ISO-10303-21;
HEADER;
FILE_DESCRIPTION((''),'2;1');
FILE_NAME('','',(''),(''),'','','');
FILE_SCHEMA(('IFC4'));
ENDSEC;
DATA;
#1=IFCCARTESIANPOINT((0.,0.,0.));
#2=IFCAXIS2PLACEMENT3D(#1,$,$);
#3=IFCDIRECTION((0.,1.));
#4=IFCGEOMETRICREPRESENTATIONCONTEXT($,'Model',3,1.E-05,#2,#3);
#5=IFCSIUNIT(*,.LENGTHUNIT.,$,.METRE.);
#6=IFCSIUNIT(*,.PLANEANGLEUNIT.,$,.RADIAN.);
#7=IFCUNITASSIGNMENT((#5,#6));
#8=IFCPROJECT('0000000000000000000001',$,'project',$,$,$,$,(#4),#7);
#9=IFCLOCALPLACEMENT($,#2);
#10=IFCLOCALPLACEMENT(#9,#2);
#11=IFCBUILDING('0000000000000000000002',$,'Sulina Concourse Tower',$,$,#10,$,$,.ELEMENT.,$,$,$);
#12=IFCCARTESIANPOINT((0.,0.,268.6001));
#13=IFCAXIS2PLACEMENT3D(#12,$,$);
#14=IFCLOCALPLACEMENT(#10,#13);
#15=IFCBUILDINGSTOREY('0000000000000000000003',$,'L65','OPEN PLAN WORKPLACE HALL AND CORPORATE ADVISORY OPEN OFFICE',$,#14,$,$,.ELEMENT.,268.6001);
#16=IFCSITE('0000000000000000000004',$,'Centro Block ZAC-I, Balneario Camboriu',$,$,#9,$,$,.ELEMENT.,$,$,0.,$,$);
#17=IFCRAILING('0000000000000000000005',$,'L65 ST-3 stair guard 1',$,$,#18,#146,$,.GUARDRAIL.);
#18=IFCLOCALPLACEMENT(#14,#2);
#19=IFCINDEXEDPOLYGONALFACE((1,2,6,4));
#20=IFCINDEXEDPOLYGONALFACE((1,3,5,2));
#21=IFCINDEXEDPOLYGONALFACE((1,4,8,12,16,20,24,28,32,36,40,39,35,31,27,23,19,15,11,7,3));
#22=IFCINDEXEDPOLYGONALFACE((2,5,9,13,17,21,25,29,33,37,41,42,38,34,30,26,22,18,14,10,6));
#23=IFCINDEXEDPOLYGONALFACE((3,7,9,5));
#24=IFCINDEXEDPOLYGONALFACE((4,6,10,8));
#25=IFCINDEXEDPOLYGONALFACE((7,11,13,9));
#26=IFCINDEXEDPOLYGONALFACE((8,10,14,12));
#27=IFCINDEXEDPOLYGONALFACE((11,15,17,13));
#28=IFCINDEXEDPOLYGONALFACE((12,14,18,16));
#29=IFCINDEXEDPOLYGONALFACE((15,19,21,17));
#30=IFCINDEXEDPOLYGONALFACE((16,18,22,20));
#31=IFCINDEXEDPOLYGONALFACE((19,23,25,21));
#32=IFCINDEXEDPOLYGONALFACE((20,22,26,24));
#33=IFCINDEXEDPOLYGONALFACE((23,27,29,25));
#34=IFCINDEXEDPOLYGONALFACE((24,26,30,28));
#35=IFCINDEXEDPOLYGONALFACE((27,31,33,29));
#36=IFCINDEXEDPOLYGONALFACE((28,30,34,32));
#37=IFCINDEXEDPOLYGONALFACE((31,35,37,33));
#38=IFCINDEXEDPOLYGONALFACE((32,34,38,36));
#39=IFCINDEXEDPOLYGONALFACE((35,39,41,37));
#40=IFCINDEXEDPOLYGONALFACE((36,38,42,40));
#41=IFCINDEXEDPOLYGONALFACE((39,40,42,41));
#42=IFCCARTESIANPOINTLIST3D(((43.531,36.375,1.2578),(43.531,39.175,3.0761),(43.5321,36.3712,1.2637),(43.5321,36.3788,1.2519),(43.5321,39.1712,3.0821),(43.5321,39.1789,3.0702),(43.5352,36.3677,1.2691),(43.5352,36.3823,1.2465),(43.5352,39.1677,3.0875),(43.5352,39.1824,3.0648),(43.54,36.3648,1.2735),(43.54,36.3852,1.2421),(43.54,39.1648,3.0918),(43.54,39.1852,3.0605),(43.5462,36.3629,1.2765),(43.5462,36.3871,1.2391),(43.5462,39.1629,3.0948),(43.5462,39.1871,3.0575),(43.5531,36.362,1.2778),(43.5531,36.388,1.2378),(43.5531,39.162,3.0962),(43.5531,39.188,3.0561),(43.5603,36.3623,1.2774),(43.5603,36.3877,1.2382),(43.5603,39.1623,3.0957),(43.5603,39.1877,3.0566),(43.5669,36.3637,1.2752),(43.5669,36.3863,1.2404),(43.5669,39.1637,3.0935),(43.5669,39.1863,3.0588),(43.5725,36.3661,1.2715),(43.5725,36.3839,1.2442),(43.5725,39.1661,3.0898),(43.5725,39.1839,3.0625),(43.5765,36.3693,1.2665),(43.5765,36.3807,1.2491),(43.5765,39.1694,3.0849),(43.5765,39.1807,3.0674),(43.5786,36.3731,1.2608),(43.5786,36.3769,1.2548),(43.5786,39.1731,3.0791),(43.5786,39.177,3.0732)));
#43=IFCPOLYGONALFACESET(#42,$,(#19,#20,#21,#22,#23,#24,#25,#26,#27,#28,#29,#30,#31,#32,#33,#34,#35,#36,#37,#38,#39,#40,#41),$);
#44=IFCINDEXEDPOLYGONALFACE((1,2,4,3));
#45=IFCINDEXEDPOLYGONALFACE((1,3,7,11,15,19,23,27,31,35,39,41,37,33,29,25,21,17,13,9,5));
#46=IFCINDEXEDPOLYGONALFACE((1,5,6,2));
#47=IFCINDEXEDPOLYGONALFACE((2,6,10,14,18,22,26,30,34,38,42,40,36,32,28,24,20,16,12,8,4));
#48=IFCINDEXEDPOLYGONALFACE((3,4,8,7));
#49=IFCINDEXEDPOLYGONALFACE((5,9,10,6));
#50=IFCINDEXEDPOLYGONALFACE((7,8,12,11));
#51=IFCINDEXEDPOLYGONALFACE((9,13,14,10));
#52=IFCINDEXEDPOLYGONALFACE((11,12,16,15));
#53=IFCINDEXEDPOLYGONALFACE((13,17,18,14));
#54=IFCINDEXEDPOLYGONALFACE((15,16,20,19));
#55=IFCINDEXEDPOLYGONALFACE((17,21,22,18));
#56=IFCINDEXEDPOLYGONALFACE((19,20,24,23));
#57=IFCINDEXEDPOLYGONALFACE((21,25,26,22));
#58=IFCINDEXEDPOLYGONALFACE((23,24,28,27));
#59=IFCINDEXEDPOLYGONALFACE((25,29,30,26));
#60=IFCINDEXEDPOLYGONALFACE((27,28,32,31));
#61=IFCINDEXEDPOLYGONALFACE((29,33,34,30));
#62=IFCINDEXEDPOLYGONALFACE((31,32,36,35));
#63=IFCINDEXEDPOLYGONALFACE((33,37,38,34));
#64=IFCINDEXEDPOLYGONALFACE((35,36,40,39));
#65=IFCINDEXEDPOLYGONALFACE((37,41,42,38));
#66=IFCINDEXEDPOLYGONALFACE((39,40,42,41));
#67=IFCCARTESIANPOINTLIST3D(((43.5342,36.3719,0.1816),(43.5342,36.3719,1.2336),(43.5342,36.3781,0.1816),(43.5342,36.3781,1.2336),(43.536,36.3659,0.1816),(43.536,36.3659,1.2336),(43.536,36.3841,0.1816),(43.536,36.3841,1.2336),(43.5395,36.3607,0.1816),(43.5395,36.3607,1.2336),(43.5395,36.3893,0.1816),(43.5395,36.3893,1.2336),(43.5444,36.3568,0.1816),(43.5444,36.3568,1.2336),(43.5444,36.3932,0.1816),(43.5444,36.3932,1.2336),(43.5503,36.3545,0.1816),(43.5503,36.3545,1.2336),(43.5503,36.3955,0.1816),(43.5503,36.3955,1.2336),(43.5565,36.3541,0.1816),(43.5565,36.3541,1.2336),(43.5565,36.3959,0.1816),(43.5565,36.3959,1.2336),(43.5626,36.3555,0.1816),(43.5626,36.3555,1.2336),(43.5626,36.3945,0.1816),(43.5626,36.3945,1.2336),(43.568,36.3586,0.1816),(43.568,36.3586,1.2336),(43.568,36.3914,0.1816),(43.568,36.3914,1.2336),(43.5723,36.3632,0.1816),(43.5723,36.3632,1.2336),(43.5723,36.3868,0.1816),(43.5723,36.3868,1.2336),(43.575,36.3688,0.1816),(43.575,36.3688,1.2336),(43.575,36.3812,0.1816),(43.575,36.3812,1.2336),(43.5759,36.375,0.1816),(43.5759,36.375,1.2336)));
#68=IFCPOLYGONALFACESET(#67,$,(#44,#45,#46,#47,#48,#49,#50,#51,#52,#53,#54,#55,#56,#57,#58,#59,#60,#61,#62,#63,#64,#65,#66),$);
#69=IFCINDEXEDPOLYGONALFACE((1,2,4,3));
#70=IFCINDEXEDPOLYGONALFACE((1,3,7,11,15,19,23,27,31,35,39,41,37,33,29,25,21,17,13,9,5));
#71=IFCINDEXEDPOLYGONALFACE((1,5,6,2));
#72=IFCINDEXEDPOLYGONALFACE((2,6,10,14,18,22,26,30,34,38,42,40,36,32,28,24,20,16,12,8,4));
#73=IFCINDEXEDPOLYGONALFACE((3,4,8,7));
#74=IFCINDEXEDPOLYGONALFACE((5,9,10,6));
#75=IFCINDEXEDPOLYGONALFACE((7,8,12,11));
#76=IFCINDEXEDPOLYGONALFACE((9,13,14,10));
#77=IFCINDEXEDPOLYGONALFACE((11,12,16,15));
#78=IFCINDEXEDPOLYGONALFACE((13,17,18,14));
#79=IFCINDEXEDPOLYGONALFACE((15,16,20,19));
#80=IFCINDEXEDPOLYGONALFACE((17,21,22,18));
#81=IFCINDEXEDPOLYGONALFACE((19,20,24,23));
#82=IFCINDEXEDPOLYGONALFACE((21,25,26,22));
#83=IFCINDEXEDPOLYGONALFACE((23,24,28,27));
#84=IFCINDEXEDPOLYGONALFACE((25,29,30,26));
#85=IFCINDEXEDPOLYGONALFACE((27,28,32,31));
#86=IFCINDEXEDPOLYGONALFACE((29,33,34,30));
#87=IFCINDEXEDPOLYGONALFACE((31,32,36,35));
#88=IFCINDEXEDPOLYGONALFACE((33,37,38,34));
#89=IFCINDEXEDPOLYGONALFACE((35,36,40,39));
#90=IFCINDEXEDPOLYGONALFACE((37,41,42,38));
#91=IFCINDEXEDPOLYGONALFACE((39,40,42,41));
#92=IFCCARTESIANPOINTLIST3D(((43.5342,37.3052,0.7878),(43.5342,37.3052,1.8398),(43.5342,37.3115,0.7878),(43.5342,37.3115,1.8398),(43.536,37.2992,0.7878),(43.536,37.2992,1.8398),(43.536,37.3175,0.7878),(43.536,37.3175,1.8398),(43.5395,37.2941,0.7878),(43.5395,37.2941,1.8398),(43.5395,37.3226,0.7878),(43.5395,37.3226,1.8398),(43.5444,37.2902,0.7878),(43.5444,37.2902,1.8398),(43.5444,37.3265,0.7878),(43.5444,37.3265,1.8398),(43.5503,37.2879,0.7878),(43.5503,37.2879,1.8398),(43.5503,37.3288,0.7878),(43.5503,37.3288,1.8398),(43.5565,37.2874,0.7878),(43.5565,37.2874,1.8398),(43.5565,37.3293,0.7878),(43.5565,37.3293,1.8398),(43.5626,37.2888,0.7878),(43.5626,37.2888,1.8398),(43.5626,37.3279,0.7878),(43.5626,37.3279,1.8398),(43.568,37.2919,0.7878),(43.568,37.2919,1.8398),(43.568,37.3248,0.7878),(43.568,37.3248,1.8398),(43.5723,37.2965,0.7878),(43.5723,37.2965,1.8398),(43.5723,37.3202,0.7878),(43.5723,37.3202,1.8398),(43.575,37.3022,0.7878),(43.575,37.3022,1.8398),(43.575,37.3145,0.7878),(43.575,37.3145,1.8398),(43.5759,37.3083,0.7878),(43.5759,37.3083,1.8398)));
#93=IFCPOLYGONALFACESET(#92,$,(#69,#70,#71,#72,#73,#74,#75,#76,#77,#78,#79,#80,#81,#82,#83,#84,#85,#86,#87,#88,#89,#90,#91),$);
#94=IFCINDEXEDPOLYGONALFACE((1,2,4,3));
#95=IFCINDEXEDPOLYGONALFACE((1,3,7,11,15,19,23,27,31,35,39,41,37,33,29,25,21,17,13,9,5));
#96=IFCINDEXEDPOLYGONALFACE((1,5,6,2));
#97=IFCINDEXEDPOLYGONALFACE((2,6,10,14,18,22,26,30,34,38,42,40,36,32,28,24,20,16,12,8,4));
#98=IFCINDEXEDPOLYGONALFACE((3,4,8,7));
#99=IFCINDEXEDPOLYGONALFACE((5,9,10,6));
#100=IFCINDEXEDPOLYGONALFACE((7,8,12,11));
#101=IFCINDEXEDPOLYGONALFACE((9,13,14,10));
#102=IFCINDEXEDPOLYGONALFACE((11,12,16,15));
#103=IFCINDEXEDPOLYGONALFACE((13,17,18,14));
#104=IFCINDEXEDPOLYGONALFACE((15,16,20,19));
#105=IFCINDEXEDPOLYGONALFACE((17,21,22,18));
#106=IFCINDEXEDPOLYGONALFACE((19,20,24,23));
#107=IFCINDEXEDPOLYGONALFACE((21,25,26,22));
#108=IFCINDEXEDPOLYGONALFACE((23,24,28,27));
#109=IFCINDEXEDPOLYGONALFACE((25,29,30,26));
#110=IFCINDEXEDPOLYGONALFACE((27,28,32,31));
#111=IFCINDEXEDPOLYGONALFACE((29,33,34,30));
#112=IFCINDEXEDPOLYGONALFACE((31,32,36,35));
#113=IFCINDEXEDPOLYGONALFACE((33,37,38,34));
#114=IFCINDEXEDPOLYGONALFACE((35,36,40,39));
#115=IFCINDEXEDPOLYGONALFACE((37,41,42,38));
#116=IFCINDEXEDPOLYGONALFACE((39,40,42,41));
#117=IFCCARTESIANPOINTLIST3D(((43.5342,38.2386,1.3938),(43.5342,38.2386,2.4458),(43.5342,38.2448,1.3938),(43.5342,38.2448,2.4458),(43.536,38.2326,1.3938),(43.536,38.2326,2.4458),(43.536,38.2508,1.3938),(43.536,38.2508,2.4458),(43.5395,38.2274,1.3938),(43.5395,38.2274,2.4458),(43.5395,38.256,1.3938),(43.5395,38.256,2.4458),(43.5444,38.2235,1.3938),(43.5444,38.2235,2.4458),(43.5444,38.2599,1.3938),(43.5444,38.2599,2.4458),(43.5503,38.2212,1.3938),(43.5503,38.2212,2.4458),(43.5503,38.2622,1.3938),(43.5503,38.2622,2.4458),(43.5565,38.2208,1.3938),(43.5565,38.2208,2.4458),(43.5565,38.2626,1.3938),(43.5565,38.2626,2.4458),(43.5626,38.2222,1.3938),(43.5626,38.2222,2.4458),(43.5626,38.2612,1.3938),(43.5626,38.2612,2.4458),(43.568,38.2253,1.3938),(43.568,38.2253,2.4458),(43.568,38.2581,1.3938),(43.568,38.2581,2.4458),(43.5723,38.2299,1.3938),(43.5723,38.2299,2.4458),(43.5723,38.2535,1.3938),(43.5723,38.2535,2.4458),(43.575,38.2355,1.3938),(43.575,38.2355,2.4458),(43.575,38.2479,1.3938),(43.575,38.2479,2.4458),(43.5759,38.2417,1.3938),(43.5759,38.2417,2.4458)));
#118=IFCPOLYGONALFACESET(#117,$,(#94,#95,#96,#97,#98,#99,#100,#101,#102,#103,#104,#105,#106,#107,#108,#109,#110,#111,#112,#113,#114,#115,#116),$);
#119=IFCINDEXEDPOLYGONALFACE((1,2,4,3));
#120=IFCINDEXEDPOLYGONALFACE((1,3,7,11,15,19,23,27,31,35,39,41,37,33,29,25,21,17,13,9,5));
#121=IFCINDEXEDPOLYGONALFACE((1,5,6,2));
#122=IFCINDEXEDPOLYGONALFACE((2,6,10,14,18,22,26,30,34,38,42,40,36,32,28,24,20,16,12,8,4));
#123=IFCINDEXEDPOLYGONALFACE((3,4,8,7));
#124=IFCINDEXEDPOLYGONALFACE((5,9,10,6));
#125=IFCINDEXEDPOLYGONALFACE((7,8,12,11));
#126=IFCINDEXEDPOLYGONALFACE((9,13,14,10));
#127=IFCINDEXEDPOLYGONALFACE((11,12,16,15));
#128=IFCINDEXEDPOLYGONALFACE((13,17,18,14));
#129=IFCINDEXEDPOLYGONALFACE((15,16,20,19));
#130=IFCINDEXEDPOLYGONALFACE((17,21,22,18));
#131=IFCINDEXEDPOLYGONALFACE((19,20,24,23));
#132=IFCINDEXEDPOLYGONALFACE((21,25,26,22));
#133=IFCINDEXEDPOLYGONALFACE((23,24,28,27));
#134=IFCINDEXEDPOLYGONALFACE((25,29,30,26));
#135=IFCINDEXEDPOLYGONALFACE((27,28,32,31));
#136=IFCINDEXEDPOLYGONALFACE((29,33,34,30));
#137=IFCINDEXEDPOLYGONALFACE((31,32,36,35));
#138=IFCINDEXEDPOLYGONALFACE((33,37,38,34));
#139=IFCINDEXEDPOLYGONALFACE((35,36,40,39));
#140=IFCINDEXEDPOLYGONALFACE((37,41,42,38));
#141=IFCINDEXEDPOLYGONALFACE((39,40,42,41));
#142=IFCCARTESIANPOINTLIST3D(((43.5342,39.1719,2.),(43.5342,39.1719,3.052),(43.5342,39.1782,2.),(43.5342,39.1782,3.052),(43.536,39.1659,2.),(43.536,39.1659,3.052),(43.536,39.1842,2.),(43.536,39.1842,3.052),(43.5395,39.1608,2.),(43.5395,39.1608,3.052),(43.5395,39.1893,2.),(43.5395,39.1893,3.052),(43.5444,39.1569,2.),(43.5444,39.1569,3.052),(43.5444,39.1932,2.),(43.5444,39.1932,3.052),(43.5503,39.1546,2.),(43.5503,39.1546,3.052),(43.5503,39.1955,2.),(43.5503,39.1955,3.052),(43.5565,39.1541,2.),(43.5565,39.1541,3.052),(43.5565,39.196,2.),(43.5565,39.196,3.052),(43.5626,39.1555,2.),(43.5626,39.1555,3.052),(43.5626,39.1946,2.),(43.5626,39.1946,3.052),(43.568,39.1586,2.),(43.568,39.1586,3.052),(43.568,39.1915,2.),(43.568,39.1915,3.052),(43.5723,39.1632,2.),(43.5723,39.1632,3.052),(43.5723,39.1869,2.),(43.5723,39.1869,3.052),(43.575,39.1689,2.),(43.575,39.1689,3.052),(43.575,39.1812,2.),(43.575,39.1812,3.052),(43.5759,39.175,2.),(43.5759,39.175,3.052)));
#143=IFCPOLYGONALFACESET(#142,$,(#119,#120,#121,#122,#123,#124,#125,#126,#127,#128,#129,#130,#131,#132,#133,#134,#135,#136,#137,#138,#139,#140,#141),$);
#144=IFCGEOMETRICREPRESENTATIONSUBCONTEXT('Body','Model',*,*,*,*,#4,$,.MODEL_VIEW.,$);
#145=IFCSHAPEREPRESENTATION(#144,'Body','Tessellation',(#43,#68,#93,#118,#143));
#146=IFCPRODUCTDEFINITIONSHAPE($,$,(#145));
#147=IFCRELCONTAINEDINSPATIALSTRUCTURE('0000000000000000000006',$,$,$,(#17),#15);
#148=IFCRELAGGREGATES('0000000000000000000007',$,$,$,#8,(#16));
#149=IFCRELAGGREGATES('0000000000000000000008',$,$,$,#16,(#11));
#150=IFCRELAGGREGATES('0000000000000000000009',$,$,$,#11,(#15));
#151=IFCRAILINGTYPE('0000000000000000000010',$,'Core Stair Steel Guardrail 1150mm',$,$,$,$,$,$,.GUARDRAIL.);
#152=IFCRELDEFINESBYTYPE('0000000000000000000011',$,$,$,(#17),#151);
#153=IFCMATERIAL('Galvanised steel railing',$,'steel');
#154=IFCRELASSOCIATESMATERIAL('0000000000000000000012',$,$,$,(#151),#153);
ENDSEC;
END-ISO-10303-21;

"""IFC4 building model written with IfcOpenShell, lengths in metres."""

from ifc_helpers import new_model, si_unit, direction, frame, origin, origin_2d, place, context, subcontext, project, spatial, circle, extrude, material, type_object, element, save


model = new_model("IFC4")

# Units and contexts
model_context = context("Model", 3, precision=1e-05, world=origin(), true_north=direction((0.0, 1.0)))
body_context = subcontext(model_context, "Body", "Model", "MODEL_VIEW")
ifc_project = project(units=[si_unit("LENGTHUNIT", "METRE"), si_unit("PLANEANGLEUNIT", "RADIAN")], contexts=[model_context])

# Site, building, storey
site_placement = place(None, origin())
site = spatial("IfcSite", under=ifc_project, at=site_placement, Name="Centro Block ZAC-I, Balneario Camboriu", CompositionType="ELEMENT", RefElevation=0.0)
building_placement = place(site_placement, origin())
building = spatial("IfcBuilding", under=site, at=building_placement, Name="Sulina Concourse Tower", CompositionType="ELEMENT")
storey_placement = place(building_placement, frame((0.0, 0.0, 268.6001)))
storey = spatial("IfcBuildingStorey", under=building, at=storey_placement, Name="L65", Description="OPEN PLAN WORKPLACE HALL AND CORPORATE ADVISORY OPEN OFFICE", CompositionType="ELEMENT", Elevation=268.6001)

# Railing
ifc_material_1 = material(Name="Galvanised steel railing", Category="steel")
railing_type_1 = type_object("IfcRailingType", Name="Core Stair Steel Guardrail 1150mm", PredefinedType="GUARDRAIL", material=ifc_material_1)
railing_1_placement = place(storey_placement, frame((43.5549, 36.375, 0.1816)))
element("IfcRailing", 1, at=railing_1_placement, inside=storey, type_object=railing_type_1, Name="L65 ST-3 stair guard 1", PredefinedType="GUARDRAIL", context=body_context, shape_type="SweptSolid", body=[
    extrude(circle(Radius=0.0239, at=origin_2d()), frame((0.0, 0.0, 1.0762), z_axis=(0.0, 0.838672, 0.544636), x_axis=(-1.0, 0.0, 0.0)), (0.0, 0.0, 1.0), 3.3386),
    extrude(circle(Radius=0.021, at=origin_2d()), origin(), (0.0, 0.0, 1.0), 1.052),
    extrude(circle(Radius=0.021, at=origin_2d()), frame((0.0, 0.9333, 0.6062)), (0.0, 0.0, 1.0), 1.052),
    extrude(circle(Radius=0.021, at=origin_2d()), frame((0.0, 1.8667, 1.2122)), (0.0, 0.0, 1.0), 1.052),
    extrude(circle(Radius=0.021, at=origin_2d()), frame((0.0, 2.8, 1.8184)), (0.0, 0.0, 1.0), 1.052),
])

save(model, "model.ifc")
